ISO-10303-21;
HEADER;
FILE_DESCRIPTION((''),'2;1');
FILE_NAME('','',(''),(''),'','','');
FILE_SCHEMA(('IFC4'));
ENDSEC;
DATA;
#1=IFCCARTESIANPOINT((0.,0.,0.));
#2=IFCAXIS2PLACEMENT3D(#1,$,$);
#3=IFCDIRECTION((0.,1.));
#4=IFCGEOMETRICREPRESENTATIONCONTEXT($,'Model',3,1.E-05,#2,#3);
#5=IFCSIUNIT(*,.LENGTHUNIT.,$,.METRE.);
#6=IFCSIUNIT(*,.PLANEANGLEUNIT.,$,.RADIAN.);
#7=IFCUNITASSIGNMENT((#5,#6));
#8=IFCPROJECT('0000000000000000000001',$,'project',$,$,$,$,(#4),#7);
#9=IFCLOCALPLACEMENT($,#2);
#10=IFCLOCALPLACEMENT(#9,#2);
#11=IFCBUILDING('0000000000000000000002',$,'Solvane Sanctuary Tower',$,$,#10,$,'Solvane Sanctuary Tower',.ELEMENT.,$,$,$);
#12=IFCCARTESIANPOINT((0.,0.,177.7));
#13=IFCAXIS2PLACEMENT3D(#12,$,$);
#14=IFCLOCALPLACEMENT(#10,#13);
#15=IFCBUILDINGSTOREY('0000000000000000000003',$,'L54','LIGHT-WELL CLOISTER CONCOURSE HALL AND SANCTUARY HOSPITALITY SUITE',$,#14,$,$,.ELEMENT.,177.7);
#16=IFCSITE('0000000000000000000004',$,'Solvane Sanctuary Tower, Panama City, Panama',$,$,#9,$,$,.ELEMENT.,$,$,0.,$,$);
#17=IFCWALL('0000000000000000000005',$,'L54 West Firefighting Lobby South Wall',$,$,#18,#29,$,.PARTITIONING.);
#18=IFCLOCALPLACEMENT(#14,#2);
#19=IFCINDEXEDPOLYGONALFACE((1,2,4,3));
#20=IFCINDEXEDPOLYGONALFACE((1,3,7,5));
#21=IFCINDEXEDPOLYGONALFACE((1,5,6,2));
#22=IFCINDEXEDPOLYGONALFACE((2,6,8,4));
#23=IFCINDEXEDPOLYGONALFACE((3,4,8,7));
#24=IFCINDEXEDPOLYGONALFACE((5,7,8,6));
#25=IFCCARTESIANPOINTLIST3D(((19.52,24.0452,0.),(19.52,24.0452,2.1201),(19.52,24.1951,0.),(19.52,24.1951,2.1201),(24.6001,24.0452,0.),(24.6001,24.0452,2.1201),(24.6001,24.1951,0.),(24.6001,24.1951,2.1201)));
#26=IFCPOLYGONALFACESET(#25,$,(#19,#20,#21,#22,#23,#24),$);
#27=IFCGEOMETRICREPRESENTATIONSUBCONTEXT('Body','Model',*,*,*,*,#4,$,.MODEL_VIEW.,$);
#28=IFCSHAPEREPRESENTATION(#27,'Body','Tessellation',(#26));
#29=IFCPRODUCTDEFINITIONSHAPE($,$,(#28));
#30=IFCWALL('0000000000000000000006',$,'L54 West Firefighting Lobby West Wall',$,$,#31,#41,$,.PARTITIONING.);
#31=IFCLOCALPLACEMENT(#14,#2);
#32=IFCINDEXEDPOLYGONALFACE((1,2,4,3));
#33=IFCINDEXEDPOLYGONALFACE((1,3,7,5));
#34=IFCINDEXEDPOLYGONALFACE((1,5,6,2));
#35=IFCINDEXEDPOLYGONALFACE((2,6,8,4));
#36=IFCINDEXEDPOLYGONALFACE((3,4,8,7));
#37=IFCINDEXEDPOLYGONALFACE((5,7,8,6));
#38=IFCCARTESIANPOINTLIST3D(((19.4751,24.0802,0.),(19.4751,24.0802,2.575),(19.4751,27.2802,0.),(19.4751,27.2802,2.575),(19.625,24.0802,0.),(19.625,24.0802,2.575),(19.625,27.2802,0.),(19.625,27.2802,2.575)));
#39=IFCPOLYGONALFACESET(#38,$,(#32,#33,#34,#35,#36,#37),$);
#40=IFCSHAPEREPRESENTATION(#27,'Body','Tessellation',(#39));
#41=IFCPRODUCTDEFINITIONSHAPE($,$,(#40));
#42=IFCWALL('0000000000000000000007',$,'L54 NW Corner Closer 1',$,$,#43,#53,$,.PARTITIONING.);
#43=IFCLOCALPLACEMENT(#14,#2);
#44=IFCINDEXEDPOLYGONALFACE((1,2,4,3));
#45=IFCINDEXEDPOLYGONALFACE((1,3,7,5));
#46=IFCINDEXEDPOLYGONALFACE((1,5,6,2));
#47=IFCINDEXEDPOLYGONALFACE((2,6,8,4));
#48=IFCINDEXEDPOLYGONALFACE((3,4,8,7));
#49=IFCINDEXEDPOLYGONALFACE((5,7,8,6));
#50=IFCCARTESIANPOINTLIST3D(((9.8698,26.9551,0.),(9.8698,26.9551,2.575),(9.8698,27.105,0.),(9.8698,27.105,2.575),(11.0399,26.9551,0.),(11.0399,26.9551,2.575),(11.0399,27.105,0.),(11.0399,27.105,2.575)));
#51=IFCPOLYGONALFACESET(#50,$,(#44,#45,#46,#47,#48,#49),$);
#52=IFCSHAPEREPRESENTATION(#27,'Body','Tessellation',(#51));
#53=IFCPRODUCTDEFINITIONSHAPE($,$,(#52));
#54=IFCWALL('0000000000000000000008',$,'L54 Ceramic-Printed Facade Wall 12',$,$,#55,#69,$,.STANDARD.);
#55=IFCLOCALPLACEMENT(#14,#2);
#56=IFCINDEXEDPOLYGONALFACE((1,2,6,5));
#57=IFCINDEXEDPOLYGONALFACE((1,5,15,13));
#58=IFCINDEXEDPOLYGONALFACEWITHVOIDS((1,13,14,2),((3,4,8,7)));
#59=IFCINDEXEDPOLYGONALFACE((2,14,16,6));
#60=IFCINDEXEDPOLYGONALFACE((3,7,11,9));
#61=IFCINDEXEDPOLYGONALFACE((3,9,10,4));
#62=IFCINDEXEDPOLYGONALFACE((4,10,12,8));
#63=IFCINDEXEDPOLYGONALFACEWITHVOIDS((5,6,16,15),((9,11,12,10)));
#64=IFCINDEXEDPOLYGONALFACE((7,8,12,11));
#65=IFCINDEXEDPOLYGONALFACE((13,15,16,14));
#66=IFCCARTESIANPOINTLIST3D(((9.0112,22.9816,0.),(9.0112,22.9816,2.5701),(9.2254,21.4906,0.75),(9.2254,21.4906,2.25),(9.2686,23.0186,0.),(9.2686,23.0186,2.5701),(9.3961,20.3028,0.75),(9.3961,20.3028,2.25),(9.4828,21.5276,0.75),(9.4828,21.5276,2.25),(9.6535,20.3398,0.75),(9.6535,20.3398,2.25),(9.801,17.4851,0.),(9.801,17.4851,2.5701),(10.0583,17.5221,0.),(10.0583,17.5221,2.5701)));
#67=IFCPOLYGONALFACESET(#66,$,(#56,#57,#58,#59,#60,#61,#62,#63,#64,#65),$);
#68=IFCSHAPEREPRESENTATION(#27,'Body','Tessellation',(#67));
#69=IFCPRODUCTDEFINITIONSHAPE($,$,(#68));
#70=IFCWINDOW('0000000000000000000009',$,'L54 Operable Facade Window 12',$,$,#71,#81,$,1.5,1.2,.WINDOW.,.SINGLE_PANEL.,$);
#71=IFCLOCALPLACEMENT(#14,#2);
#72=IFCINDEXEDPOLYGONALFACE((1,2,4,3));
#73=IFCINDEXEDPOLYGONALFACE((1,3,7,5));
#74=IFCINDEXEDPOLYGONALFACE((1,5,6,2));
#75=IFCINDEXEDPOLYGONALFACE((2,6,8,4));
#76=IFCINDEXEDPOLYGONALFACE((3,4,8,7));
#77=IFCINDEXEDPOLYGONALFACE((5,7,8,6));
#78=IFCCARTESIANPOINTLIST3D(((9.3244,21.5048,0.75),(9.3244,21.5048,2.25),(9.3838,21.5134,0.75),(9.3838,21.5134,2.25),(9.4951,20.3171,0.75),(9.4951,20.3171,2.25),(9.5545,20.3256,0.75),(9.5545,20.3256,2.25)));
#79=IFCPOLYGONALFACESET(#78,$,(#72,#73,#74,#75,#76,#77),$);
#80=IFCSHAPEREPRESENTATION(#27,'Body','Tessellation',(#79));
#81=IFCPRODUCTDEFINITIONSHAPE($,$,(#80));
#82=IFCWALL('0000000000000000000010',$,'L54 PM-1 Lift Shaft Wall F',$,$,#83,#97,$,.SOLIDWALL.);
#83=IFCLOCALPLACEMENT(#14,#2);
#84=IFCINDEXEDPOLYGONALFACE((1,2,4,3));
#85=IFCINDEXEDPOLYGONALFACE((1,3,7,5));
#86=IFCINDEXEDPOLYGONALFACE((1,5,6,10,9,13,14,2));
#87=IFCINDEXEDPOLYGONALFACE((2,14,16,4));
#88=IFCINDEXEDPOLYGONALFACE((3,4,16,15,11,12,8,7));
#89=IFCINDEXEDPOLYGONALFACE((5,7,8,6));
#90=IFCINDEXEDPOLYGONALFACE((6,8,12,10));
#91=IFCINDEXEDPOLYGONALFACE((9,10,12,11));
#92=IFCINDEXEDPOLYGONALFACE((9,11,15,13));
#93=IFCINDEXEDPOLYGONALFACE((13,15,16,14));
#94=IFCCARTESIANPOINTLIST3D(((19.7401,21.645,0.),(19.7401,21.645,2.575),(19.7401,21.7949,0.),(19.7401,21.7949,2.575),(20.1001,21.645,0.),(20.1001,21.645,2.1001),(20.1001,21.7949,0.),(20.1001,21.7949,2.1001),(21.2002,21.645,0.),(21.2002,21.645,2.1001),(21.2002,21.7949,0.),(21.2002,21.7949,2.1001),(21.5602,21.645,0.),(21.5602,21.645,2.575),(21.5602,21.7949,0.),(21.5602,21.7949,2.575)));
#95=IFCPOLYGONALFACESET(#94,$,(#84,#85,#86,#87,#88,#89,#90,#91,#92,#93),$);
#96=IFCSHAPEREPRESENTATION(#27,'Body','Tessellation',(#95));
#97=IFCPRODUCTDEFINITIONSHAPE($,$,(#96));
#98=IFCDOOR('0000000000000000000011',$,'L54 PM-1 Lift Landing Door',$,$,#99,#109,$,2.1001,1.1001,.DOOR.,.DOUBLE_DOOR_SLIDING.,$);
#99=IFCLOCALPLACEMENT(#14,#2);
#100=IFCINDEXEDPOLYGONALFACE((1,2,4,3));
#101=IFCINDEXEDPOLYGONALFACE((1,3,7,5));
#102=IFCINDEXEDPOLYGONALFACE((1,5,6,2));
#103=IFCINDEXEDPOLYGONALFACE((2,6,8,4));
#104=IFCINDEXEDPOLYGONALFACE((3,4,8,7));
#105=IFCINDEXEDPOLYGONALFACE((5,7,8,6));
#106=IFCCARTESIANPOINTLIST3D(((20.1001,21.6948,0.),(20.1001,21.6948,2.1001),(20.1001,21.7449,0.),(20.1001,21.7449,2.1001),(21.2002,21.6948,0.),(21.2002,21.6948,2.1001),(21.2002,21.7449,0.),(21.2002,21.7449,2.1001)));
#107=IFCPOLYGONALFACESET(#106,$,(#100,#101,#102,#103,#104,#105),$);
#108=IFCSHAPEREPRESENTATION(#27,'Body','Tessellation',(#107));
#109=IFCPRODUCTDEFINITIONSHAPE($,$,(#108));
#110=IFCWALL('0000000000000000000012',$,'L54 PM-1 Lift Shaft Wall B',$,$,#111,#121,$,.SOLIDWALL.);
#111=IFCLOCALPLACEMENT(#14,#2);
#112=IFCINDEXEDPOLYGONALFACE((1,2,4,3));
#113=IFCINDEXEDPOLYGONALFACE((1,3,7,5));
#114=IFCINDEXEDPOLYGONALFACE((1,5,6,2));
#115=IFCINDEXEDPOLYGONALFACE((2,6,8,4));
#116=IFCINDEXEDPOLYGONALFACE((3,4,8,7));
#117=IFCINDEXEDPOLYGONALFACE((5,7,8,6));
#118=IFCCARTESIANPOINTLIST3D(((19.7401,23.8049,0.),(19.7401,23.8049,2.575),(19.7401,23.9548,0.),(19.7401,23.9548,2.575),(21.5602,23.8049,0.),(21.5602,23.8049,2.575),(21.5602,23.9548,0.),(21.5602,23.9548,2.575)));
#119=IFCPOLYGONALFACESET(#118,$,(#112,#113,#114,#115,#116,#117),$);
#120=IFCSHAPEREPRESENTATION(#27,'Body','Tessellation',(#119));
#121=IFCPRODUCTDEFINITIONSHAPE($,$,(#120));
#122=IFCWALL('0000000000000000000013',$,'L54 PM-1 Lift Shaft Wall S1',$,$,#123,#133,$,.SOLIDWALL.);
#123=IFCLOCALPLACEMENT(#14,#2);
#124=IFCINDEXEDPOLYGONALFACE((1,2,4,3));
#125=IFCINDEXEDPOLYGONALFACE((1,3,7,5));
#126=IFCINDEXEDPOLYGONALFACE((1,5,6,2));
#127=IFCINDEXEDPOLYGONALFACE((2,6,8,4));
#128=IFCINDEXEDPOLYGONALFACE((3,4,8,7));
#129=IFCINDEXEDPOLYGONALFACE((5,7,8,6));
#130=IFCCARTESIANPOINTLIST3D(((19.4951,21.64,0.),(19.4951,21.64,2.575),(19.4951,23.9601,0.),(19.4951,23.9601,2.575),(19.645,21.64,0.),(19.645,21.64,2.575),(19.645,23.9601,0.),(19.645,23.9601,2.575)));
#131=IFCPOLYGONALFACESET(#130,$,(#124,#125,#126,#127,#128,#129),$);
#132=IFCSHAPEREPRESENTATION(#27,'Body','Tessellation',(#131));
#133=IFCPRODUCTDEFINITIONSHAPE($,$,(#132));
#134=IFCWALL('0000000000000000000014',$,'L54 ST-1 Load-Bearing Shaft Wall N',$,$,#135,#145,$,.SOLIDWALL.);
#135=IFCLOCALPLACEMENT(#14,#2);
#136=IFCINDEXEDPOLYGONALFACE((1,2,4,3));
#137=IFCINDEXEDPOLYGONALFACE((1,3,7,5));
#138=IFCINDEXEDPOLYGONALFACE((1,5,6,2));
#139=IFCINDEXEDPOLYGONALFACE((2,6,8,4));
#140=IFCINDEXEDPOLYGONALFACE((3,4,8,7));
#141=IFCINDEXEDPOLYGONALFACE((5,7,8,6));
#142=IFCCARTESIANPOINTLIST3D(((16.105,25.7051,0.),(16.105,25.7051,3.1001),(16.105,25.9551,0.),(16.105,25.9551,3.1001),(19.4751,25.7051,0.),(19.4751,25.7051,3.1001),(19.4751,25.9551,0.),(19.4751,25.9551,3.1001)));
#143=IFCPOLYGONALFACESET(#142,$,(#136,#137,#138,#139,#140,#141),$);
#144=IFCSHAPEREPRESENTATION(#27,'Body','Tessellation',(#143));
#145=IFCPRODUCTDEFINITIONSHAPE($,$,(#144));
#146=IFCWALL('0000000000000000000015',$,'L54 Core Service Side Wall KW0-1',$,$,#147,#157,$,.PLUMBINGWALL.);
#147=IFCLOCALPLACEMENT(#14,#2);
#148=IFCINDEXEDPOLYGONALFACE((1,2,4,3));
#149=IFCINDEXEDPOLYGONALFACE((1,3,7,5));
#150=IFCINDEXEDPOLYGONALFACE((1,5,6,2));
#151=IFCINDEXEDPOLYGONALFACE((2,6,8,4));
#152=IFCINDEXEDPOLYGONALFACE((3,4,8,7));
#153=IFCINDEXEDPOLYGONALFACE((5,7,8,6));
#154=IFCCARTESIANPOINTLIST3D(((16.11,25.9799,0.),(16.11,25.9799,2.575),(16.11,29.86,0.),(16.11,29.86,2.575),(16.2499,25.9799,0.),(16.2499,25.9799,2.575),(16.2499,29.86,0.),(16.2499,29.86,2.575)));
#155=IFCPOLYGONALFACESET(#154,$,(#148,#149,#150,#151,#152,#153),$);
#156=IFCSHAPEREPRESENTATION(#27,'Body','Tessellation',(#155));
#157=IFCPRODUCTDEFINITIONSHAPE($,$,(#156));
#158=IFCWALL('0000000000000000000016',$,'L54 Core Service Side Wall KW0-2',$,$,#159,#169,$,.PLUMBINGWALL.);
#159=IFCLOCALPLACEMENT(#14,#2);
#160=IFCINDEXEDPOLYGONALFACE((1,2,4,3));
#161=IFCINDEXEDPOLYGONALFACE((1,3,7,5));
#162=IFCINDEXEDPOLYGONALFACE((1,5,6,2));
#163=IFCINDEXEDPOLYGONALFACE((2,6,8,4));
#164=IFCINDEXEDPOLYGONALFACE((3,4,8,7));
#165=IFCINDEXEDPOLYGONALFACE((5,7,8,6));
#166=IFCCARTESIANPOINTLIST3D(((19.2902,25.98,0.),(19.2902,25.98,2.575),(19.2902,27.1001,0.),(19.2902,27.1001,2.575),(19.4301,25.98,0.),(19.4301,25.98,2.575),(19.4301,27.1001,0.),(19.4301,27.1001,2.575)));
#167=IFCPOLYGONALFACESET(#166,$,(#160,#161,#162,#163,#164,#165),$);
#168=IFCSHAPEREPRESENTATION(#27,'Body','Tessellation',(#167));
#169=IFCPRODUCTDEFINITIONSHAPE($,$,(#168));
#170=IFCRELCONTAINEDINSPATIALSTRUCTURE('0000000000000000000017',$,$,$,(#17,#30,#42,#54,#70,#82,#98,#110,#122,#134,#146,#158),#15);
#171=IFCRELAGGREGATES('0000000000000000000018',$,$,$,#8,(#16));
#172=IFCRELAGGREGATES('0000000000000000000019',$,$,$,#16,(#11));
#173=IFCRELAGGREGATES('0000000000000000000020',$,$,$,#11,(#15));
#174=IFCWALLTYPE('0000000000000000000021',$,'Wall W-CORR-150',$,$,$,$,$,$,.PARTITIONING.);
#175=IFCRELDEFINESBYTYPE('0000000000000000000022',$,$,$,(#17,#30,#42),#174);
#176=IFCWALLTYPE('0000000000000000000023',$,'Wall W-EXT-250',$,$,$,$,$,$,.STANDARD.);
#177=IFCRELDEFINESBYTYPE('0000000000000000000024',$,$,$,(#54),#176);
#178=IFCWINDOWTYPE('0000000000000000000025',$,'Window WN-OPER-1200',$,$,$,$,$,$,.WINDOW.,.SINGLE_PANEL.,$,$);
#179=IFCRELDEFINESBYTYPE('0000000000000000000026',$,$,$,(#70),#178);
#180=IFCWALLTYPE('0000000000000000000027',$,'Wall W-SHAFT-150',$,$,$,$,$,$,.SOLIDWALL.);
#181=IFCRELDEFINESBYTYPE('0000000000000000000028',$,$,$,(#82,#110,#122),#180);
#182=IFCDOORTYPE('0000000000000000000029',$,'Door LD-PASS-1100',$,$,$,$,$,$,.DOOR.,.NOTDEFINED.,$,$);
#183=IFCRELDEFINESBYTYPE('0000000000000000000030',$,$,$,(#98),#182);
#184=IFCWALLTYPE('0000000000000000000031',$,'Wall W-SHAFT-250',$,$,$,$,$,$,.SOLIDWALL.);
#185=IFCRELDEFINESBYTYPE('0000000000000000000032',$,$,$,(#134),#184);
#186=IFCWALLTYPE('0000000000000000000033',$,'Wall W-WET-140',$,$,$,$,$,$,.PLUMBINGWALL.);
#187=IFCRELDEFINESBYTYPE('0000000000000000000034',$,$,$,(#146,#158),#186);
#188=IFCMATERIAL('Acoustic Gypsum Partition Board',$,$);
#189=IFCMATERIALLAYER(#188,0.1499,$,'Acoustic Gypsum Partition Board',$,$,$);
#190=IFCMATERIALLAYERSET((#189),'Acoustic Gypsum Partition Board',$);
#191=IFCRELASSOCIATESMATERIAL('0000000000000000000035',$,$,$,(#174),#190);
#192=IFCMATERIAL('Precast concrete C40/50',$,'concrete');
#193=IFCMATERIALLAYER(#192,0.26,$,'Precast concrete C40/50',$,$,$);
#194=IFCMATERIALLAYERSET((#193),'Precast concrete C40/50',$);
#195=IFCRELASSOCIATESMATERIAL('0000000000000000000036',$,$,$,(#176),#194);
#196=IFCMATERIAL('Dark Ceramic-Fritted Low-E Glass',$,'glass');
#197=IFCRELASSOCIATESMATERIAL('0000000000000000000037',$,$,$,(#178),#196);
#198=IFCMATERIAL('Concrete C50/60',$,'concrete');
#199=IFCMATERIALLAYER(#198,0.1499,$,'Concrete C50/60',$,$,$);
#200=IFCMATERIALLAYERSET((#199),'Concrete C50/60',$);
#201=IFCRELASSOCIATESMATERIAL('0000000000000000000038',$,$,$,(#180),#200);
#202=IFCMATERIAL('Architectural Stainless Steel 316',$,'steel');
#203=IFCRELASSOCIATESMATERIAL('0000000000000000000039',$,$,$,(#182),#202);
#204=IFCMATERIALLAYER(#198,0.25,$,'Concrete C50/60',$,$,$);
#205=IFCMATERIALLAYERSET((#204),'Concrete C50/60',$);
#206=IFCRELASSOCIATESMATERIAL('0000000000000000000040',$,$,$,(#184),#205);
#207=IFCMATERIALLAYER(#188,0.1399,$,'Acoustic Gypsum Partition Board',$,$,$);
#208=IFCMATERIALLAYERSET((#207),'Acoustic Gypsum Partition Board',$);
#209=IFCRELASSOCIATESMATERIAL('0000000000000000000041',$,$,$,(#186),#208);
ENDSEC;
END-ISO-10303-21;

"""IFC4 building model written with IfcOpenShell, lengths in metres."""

from ifc_helpers import new_model, si_unit, direction, frame, frame_2d, origin, place, context, subcontext, project, spatial, rectangle, extrude, material, layer, layer_set, type_object, element, fill, save


model = new_model("IFC4")

# Units and contexts
model_context = context("Model", 3, precision=1e-05, world=origin(), true_north=direction((0.0, 1.0)))
body_context = subcontext(model_context, "Body", "Model", "MODEL_VIEW")
ifc_project = project(units=[si_unit("LENGTHUNIT", "METRE"), si_unit("PLANEANGLEUNIT", "RADIAN")], contexts=[model_context])

# Site, building, storey
site_placement = place(None, origin())
site = spatial("IfcSite", under=ifc_project, at=site_placement, Name="Solvane Sanctuary Tower, Panama City, Panama", CompositionType="ELEMENT", RefElevation=0.0)
building_placement = place(site_placement, origin())
building = spatial("IfcBuilding", under=site, at=building_placement, Name="Solvane Sanctuary Tower", LongName="Solvane Sanctuary Tower", CompositionType="ELEMENT")
storey_placement = place(building_placement, frame((0.0, 0.0, 177.7)))
storey = spatial("IfcBuildingStorey", under=building, at=storey_placement, Name="L54", Description="LIGHT-WELL CLOISTER CONCOURSE HALL AND SANCTUARY HOSPITALITY SUITE", CompositionType="ELEMENT", Elevation=177.7)

# Walls
ifc_material_1 = material(Name="Acoustic Gypsum Partition Board")
ifc_layer_1 = layer(ifc_material_1, 0.1499, Name="Acoustic Gypsum Partition Board")
ifc_layer_set_1 = layer_set([ifc_layer_1], Name="Acoustic Gypsum Partition Board")
wall_type_1 = type_object("IfcWallType", Name="Wall W-CORR-150", PredefinedType="PARTITIONING", material=ifc_layer_set_1)
wall_1_placement = place(storey_placement, frame((19.52, 24.1201, 0.0), z_axis=(0.0, 0.0, 1.0), x_axis=(1.0, 0.0, 0.0)))
element("IfcWall", 1, at=wall_1_placement, inside=storey, type_object=wall_type_1, Name="L54 West Firefighting Lobby South Wall", PredefinedType="PARTITIONING", context=body_context, shape_type="SweptSolid", body=[
    extrude(rectangle(XDim=5.0801, YDim=0.1499, at=frame_2d((2.54, 0.0))), origin(), (0.0, 0.0, 1.0), 2.1201),
])
wall_2_placement = place(storey_placement, frame((19.55, 24.0801, 0.0), z_axis=(0.0, 0.0, 1.0), x_axis=(0.0, 1.0, 0.0)))
element("IfcWall", 2, at=wall_2_placement, inside=storey, type_object=wall_type_1, Name="L54 West Firefighting Lobby West Wall", PredefinedType="PARTITIONING", context=body_context, shape_type="SweptSolid", body=[
    extrude(rectangle(XDim=3.2, YDim=0.1499, at=frame_2d((1.6001, 0.0))), origin(), (0.0, 0.0, 1.0), 2.575),
])
wall_3_placement = place(storey_placement, frame((9.8699, 27.03, 0.0), z_axis=(0.0, 0.0, 1.0), x_axis=(1.0, 0.0, 0.0)))
element("IfcWall", 3, at=wall_3_placement, inside=storey, type_object=wall_type_1, Name="L54 NW Corner Closer 1", PredefinedType="PARTITIONING", context=body_context, shape_type="SweptSolid", body=[
    extrude(rectangle(XDim=1.1702, YDim=0.1499, at=frame_2d((0.585, 0.0))), origin(), (0.0, 0.0, 1.0), 2.575),
])

# Wall, opening, window
ifc_material_2 = material(Name="Precast concrete C40/50", Category="concrete")
ifc_layer_2 = layer(ifc_material_2, 0.26, Name="Precast concrete C40/50")
ifc_layer_set_2 = layer_set([ifc_layer_2], Name="Precast concrete C40/50")
wall_type_2 = type_object("IfcWallType", Name="Wall W-EXT-250", PredefinedType="STANDARD", material=ifc_layer_set_2)
wall_4_placement = place(storey_placement, frame((9.1399, 23.0, 0.0), z_axis=(0.0, 0.0, 1.0), x_axis=(0.142228, -0.989834, 0.0)))
wall_4 = element("IfcWall", 4, at=wall_4_placement, inside=storey, type_object=wall_type_2, Name="L54 Ceramic-Printed Facade Wall 12", PredefinedType="STANDARD", context=body_context, shape_type="SweptSolid", body=[
    extrude(rectangle(XDim=5.553, YDim=0.26, at=frame_2d((2.7764, 0.0))), origin(), (0.0, 0.0, 1.0), 2.5701),
])
opening_1_placement = place(wall_4_placement, frame((1.5061, 0.0, 0.75)))
opening_1 = element("IfcOpeningElement", 5, at=opening_1_placement, cuts=wall_4, PredefinedType="OPENING", context=body_context, shape_type="SweptSolid", body=[
    extrude(rectangle(XDim=1.2, YDim=1.5, at=frame_2d((0.6001, 0.75))), frame((0.0, 0.1399, 0.0), z_axis=(0.0, -1.0, 0.0), x_axis=(1.0, 0.0, 0.0)), (0.0, 0.0, 1.0), 0.28),
])
ifc_material_3 = material(Name="Dark Ceramic-Fritted Low-E Glass", Category="glass")
window_type = type_object("IfcWindowType", Name="Window WN-OPER-1200", PartitioningType="SINGLE_PANEL", PredefinedType="WINDOW", material=ifc_material_3)
window_placement = place(opening_1_placement, origin())
window = element("IfcWindow", 6, at=window_placement, inside=storey, type_object=window_type, Name="L54 Operable Facade Window 12", OverallHeight=1.5, OverallWidth=1.2, PartitioningType="SINGLE_PANEL", PredefinedType="WINDOW", context=body_context, shape_type="SweptSolid", body=[
    extrude(rectangle(XDim=1.2, YDim=1.5, at=frame_2d((0.6001, 0.75))), frame((0.0, 0.03, 0.0), z_axis=(0.0, -1.0, 0.0), x_axis=(1.0, 0.0, 0.0)), (0.0, 0.0, 1.0), 0.0601),
])
fill(opening_1, window)

# Wall, opening, door
ifc_material_4 = material(Name="Concrete C50/60", Category="concrete")
ifc_layer_3 = layer(ifc_material_4, 0.1499, Name="Concrete C50/60")
ifc_layer_set_3 = layer_set([ifc_layer_3], Name="Concrete C50/60")
wall_type_3 = type_object("IfcWallType", Name="Wall W-SHAFT-150", PredefinedType="SOLIDWALL", material=ifc_layer_set_3)
wall_5_placement = place(storey_placement, frame((19.74, 21.72, 0.0), z_axis=(0.0, 0.0, 1.0), x_axis=(1.0, 0.0, 0.0)))
wall_5 = element("IfcWall", 7, at=wall_5_placement, inside=storey, type_object=wall_type_3, Name="L54 PM-1 Lift Shaft Wall F", PredefinedType="SOLIDWALL", context=body_context, shape_type="SweptSolid", body=[
    extrude(rectangle(XDim=1.8201, YDim=0.1499, at=frame_2d((0.9102, 0.0))), origin(), (0.0, 0.0, 1.0), 2.575),
])
opening_2_placement = place(wall_5_placement, frame((0.3601, 0.0, 0.0)))
opening_2 = element("IfcOpeningElement", 8, at=opening_2_placement, cuts=wall_5, PredefinedType="OPENING", context=body_context, shape_type="SweptSolid", body=[
    extrude(rectangle(XDim=1.1001, YDim=2.1001, at=frame_2d((0.55, 1.05))), frame((0.0, 0.085, 0.0), z_axis=(0.0, -1.0, 0.0), x_axis=(1.0, 0.0, 0.0)), (0.0, 0.0, 1.0), 0.1699),
])
ifc_material_5 = material(Name="Architectural Stainless Steel 316", Category="steel")
door_type = type_object("IfcDoorType", Name="Door LD-PASS-1100", OperationType="NOTDEFINED", PredefinedType="DOOR", material=ifc_material_5)
door_placement = place(opening_2_placement, origin())
door = element("IfcDoor", 9, at=door_placement, inside=storey, type_object=door_type, Name="L54 PM-1 Lift Landing Door", OperationType="DOUBLE_DOOR_SLIDING", OverallHeight=2.1001, OverallWidth=1.1001, PredefinedType="DOOR", context=body_context, shape_type="SweptSolid", body=[
    extrude(rectangle(XDim=1.1001, YDim=2.1001, at=frame_2d((0.55, 1.05))), frame((0.0, 0.0249, 0.0), z_axis=(0.0, -1.0, 0.0), x_axis=(1.0, 0.0, 0.0)), (0.0, 0.0, 1.0), 0.05),
])
fill(opening_2, door)

# Walls
wall_6_placement = place(storey_placement, frame((19.74, 23.8799, 0.0), z_axis=(0.0, 0.0, 1.0), x_axis=(1.0, 0.0, 0.0)))
element("IfcWall", 10, at=wall_6_placement, inside=storey, type_object=wall_type_3, Name="L54 PM-1 Lift Shaft Wall B", PredefinedType="SOLIDWALL", context=body_context, shape_type="SweptSolid", body=[
    extrude(rectangle(XDim=1.8201, YDim=0.1499, at=frame_2d((0.9102, 0.0))), origin(), (0.0, 0.0, 1.0), 2.575),
])
wall_7_placement = place(storey_placement, frame((19.5701, 21.6399, 0.0), z_axis=(0.0, 0.0, 1.0), x_axis=(0.0, 1.0, 0.0)))
element("IfcWall", 11, at=wall_7_placement, inside=storey, type_object=wall_type_3, Name="L54 PM-1 Lift Shaft Wall S1", PredefinedType="SOLIDWALL", context=body_context, shape_type="SweptSolid", body=[
    extrude(rectangle(XDim=2.3201, YDim=0.1499, at=frame_2d((1.1602, 0.0))), origin(), (0.0, 0.0, 1.0), 2.575),
])
ifc_layer_4 = layer(ifc_material_4, 0.25, Name="Concrete C50/60")
ifc_layer_set_4 = layer_set([ifc_layer_4], Name="Concrete C50/60")
wall_type_4 = type_object("IfcWallType", Name="Wall W-SHAFT-250", PredefinedType="SOLIDWALL", material=ifc_layer_set_4)
wall_8_placement = place(storey_placement, frame((16.105, 25.8301, 0.0), z_axis=(0.0, 0.0, 1.0), x_axis=(1.0, 0.0, 0.0)))
element("IfcWall", 12, at=wall_8_placement, inside=storey, type_object=wall_type_4, Name="L54 ST-1 Load-Bearing Shaft Wall N", PredefinedType="SOLIDWALL", context=body_context, shape_type="SweptSolid", body=[
    extrude(rectangle(XDim=3.3701, YDim=0.25, at=frame_2d((1.6851, 0.0))), origin(), (0.0, 0.0, 1.0), 3.1001),
])
ifc_layer_5 = layer(ifc_material_1, 0.1399, Name="Acoustic Gypsum Partition Board")
ifc_layer_set_5 = layer_set([ifc_layer_5], Name="Acoustic Gypsum Partition Board")
wall_type_5 = type_object("IfcWallType", Name="Wall W-WET-140", PredefinedType="PLUMBINGWALL", material=ifc_layer_set_5)
wall_9_placement = place(storey_placement, frame((16.1799, 25.98, 0.0), z_axis=(0.0, 0.0, 1.0), x_axis=(0.0, 1.0, 0.0)))
element("IfcWall", 13, at=wall_9_placement, inside=storey, type_object=wall_type_5, Name="L54 Core Service Side Wall KW0-1", PredefinedType="PLUMBINGWALL", context=body_context, shape_type="SweptSolid", body=[
    extrude(rectangle(XDim=3.8801, YDim=0.1399, at=frame_2d((1.9399, 0.0))), origin(), (0.0, 0.0, 1.0), 2.575),
])
wall_10_placement = place(storey_placement, frame((19.3601, 25.98, 0.0), z_axis=(0.0, 0.0, 1.0), x_axis=(0.0, 1.0, 0.0)))
element("IfcWall", 14, at=wall_10_placement, inside=storey, type_object=wall_type_5, Name="L54 Core Service Side Wall KW0-2", PredefinedType="PLUMBINGWALL", context=body_context, shape_type="SweptSolid", body=[
    extrude(rectangle(XDim=1.1201, YDim=0.1399, at=frame_2d((0.5601, 0.0))), origin(), (0.0, 0.0, 1.0), 2.575),
])

save(model, "model.ifc")
